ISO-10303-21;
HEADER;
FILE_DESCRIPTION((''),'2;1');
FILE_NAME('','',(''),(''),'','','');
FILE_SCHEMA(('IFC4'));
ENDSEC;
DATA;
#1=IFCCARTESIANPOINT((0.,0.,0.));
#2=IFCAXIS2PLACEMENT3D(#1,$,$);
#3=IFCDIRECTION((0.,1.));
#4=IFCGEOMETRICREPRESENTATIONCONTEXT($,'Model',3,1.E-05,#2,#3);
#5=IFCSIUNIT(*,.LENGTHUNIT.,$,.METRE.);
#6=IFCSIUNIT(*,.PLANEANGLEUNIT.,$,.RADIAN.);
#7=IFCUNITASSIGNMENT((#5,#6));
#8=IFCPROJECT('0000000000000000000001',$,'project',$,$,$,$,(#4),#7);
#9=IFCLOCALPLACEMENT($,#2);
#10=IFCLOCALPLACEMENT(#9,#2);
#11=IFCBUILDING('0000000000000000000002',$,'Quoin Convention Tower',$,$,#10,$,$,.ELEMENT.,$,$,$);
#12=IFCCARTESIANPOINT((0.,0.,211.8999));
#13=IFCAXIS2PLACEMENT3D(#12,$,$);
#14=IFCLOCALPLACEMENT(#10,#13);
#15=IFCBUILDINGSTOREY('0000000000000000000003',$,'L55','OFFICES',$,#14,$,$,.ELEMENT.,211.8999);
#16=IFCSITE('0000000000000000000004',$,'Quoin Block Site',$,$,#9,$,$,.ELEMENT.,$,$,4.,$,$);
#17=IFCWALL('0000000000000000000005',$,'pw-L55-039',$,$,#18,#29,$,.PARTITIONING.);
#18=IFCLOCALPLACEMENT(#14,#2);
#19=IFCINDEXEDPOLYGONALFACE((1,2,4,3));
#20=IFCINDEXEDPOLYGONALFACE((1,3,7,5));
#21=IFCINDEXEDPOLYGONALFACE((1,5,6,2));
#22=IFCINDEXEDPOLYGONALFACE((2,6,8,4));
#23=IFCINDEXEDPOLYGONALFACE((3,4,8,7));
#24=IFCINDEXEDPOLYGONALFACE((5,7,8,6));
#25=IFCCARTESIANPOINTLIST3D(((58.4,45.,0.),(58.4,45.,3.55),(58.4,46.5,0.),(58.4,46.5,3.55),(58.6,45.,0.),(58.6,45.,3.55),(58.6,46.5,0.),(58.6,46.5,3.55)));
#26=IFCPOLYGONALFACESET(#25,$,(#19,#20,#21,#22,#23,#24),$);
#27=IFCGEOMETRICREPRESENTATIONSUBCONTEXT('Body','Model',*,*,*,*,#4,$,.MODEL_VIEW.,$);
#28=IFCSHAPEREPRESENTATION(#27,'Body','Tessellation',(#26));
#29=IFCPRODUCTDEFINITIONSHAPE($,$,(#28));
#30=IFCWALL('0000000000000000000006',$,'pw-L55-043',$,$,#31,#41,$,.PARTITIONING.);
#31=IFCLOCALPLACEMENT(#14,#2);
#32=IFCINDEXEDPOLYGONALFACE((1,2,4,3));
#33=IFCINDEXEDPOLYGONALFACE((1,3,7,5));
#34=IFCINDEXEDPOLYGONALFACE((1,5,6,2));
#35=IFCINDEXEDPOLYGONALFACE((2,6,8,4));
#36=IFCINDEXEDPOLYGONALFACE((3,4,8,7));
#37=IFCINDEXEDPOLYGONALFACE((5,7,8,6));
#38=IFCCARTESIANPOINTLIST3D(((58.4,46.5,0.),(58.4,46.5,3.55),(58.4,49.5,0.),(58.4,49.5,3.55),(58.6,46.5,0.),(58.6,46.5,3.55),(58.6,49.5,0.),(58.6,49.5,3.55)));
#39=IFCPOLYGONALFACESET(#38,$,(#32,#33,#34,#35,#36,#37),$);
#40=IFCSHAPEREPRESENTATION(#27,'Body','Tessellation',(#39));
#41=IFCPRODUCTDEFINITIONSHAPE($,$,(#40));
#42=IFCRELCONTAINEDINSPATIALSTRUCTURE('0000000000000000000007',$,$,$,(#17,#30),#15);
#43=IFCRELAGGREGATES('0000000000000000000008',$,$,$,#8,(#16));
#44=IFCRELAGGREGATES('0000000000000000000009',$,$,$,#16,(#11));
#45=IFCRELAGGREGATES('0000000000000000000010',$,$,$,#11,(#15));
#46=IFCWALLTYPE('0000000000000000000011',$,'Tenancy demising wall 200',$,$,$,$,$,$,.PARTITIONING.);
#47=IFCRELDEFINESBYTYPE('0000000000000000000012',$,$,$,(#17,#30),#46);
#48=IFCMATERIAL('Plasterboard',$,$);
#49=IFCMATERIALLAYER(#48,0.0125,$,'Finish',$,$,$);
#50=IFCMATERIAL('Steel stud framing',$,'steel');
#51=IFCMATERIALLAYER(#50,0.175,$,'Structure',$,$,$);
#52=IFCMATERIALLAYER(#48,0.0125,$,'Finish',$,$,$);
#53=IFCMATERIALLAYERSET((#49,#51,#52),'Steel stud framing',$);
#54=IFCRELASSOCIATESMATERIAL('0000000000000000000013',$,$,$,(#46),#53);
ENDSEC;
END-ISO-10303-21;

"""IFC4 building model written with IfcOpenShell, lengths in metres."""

from ifc_helpers import new_model, si_unit, direction, frame, frame_2d, origin, place, context, subcontext, project, spatial, rectangle, extrude, material, layer, layer_set, type_object, element, save


model = new_model("IFC4")

# Units and contexts
model_context = context("Model", 3, precision=1e-05, world=origin(), true_north=direction((0.0, 1.0)))
body_context = subcontext(model_context, "Body", "Model", "MODEL_VIEW")
ifc_project = project(units=[si_unit("LENGTHUNIT", "METRE"), si_unit("PLANEANGLEUNIT", "RADIAN")], contexts=[model_context])

# Site, building, storey
site_placement = place(None, origin())
site = spatial("IfcSite", under=ifc_project, at=site_placement, Name="Quoin Block Site", CompositionType="ELEMENT", RefElevation=4.0)
building_placement = place(site_placement, origin())
building = spatial("IfcBuilding", under=site, at=building_placement, Name="Quoin Convention Tower", CompositionType="ELEMENT")
storey_placement = place(building_placement, frame((0.0, 0.0, 211.8999)))
storey = spatial("IfcBuildingStorey", under=building, at=storey_placement, Name="L55", Description="OFFICES", CompositionType="ELEMENT", Elevation=211.8999)

# Shared definitions
ifc_material_1 = material(Name="Plasterboard")
ifc_material_2 = material(Name="Steel stud framing", Category="steel")

# Walls
ifc_layer_1 = layer(ifc_material_1, 0.0125, Name="Finish")
ifc_layer_2 = layer(ifc_material_2, 0.175, Name="Structure")
ifc_layer_3 = layer(ifc_material_1, 0.0125, Name="Finish")
ifc_layer_set_1 = layer_set([ifc_layer_1, ifc_layer_2, ifc_layer_3], Name="Steel stud framing")
wall_type_1 = type_object("IfcWallType", Name="Tenancy demising wall 200", PredefinedType="PARTITIONING", material=ifc_layer_set_1)
wall_1_placement = place(storey_placement, frame((58.5, 45.0, 0.0), z_axis=(0.0, 0.0, 1.0), x_axis=(0.0, 1.0, 0.0)))
element("IfcWall", 1, at=wall_1_placement, inside=storey, type_object=wall_type_1, Name="pw-L55-039", PredefinedType="PARTITIONING", context=body_context, shape_type="SweptSolid", body=[
    extrude(rectangle(XDim=1.5, YDim=0.2, at=frame_2d((0.75, 0.0))), origin(), (0.0, 0.0, 1.0), 3.55),
])
wall_2_placement = place(storey_placement, frame((58.5, 46.5, 0.0), z_axis=(0.0, 0.0, 1.0), x_axis=(0.0, 1.0, 0.0)))
element("IfcWall", 2, at=wall_2_placement, inside=storey, type_object=wall_type_1, Name="pw-L55-043", PredefinedType="PARTITIONING", context=body_context, shape_type="SweptSolid", body=[
    extrude(rectangle(XDim=3.0, YDim=0.2, at=frame_2d((1.5, 0.0))), origin(), (0.0, 0.0, 1.0), 3.55),
])

save(model, "model.ifc")
